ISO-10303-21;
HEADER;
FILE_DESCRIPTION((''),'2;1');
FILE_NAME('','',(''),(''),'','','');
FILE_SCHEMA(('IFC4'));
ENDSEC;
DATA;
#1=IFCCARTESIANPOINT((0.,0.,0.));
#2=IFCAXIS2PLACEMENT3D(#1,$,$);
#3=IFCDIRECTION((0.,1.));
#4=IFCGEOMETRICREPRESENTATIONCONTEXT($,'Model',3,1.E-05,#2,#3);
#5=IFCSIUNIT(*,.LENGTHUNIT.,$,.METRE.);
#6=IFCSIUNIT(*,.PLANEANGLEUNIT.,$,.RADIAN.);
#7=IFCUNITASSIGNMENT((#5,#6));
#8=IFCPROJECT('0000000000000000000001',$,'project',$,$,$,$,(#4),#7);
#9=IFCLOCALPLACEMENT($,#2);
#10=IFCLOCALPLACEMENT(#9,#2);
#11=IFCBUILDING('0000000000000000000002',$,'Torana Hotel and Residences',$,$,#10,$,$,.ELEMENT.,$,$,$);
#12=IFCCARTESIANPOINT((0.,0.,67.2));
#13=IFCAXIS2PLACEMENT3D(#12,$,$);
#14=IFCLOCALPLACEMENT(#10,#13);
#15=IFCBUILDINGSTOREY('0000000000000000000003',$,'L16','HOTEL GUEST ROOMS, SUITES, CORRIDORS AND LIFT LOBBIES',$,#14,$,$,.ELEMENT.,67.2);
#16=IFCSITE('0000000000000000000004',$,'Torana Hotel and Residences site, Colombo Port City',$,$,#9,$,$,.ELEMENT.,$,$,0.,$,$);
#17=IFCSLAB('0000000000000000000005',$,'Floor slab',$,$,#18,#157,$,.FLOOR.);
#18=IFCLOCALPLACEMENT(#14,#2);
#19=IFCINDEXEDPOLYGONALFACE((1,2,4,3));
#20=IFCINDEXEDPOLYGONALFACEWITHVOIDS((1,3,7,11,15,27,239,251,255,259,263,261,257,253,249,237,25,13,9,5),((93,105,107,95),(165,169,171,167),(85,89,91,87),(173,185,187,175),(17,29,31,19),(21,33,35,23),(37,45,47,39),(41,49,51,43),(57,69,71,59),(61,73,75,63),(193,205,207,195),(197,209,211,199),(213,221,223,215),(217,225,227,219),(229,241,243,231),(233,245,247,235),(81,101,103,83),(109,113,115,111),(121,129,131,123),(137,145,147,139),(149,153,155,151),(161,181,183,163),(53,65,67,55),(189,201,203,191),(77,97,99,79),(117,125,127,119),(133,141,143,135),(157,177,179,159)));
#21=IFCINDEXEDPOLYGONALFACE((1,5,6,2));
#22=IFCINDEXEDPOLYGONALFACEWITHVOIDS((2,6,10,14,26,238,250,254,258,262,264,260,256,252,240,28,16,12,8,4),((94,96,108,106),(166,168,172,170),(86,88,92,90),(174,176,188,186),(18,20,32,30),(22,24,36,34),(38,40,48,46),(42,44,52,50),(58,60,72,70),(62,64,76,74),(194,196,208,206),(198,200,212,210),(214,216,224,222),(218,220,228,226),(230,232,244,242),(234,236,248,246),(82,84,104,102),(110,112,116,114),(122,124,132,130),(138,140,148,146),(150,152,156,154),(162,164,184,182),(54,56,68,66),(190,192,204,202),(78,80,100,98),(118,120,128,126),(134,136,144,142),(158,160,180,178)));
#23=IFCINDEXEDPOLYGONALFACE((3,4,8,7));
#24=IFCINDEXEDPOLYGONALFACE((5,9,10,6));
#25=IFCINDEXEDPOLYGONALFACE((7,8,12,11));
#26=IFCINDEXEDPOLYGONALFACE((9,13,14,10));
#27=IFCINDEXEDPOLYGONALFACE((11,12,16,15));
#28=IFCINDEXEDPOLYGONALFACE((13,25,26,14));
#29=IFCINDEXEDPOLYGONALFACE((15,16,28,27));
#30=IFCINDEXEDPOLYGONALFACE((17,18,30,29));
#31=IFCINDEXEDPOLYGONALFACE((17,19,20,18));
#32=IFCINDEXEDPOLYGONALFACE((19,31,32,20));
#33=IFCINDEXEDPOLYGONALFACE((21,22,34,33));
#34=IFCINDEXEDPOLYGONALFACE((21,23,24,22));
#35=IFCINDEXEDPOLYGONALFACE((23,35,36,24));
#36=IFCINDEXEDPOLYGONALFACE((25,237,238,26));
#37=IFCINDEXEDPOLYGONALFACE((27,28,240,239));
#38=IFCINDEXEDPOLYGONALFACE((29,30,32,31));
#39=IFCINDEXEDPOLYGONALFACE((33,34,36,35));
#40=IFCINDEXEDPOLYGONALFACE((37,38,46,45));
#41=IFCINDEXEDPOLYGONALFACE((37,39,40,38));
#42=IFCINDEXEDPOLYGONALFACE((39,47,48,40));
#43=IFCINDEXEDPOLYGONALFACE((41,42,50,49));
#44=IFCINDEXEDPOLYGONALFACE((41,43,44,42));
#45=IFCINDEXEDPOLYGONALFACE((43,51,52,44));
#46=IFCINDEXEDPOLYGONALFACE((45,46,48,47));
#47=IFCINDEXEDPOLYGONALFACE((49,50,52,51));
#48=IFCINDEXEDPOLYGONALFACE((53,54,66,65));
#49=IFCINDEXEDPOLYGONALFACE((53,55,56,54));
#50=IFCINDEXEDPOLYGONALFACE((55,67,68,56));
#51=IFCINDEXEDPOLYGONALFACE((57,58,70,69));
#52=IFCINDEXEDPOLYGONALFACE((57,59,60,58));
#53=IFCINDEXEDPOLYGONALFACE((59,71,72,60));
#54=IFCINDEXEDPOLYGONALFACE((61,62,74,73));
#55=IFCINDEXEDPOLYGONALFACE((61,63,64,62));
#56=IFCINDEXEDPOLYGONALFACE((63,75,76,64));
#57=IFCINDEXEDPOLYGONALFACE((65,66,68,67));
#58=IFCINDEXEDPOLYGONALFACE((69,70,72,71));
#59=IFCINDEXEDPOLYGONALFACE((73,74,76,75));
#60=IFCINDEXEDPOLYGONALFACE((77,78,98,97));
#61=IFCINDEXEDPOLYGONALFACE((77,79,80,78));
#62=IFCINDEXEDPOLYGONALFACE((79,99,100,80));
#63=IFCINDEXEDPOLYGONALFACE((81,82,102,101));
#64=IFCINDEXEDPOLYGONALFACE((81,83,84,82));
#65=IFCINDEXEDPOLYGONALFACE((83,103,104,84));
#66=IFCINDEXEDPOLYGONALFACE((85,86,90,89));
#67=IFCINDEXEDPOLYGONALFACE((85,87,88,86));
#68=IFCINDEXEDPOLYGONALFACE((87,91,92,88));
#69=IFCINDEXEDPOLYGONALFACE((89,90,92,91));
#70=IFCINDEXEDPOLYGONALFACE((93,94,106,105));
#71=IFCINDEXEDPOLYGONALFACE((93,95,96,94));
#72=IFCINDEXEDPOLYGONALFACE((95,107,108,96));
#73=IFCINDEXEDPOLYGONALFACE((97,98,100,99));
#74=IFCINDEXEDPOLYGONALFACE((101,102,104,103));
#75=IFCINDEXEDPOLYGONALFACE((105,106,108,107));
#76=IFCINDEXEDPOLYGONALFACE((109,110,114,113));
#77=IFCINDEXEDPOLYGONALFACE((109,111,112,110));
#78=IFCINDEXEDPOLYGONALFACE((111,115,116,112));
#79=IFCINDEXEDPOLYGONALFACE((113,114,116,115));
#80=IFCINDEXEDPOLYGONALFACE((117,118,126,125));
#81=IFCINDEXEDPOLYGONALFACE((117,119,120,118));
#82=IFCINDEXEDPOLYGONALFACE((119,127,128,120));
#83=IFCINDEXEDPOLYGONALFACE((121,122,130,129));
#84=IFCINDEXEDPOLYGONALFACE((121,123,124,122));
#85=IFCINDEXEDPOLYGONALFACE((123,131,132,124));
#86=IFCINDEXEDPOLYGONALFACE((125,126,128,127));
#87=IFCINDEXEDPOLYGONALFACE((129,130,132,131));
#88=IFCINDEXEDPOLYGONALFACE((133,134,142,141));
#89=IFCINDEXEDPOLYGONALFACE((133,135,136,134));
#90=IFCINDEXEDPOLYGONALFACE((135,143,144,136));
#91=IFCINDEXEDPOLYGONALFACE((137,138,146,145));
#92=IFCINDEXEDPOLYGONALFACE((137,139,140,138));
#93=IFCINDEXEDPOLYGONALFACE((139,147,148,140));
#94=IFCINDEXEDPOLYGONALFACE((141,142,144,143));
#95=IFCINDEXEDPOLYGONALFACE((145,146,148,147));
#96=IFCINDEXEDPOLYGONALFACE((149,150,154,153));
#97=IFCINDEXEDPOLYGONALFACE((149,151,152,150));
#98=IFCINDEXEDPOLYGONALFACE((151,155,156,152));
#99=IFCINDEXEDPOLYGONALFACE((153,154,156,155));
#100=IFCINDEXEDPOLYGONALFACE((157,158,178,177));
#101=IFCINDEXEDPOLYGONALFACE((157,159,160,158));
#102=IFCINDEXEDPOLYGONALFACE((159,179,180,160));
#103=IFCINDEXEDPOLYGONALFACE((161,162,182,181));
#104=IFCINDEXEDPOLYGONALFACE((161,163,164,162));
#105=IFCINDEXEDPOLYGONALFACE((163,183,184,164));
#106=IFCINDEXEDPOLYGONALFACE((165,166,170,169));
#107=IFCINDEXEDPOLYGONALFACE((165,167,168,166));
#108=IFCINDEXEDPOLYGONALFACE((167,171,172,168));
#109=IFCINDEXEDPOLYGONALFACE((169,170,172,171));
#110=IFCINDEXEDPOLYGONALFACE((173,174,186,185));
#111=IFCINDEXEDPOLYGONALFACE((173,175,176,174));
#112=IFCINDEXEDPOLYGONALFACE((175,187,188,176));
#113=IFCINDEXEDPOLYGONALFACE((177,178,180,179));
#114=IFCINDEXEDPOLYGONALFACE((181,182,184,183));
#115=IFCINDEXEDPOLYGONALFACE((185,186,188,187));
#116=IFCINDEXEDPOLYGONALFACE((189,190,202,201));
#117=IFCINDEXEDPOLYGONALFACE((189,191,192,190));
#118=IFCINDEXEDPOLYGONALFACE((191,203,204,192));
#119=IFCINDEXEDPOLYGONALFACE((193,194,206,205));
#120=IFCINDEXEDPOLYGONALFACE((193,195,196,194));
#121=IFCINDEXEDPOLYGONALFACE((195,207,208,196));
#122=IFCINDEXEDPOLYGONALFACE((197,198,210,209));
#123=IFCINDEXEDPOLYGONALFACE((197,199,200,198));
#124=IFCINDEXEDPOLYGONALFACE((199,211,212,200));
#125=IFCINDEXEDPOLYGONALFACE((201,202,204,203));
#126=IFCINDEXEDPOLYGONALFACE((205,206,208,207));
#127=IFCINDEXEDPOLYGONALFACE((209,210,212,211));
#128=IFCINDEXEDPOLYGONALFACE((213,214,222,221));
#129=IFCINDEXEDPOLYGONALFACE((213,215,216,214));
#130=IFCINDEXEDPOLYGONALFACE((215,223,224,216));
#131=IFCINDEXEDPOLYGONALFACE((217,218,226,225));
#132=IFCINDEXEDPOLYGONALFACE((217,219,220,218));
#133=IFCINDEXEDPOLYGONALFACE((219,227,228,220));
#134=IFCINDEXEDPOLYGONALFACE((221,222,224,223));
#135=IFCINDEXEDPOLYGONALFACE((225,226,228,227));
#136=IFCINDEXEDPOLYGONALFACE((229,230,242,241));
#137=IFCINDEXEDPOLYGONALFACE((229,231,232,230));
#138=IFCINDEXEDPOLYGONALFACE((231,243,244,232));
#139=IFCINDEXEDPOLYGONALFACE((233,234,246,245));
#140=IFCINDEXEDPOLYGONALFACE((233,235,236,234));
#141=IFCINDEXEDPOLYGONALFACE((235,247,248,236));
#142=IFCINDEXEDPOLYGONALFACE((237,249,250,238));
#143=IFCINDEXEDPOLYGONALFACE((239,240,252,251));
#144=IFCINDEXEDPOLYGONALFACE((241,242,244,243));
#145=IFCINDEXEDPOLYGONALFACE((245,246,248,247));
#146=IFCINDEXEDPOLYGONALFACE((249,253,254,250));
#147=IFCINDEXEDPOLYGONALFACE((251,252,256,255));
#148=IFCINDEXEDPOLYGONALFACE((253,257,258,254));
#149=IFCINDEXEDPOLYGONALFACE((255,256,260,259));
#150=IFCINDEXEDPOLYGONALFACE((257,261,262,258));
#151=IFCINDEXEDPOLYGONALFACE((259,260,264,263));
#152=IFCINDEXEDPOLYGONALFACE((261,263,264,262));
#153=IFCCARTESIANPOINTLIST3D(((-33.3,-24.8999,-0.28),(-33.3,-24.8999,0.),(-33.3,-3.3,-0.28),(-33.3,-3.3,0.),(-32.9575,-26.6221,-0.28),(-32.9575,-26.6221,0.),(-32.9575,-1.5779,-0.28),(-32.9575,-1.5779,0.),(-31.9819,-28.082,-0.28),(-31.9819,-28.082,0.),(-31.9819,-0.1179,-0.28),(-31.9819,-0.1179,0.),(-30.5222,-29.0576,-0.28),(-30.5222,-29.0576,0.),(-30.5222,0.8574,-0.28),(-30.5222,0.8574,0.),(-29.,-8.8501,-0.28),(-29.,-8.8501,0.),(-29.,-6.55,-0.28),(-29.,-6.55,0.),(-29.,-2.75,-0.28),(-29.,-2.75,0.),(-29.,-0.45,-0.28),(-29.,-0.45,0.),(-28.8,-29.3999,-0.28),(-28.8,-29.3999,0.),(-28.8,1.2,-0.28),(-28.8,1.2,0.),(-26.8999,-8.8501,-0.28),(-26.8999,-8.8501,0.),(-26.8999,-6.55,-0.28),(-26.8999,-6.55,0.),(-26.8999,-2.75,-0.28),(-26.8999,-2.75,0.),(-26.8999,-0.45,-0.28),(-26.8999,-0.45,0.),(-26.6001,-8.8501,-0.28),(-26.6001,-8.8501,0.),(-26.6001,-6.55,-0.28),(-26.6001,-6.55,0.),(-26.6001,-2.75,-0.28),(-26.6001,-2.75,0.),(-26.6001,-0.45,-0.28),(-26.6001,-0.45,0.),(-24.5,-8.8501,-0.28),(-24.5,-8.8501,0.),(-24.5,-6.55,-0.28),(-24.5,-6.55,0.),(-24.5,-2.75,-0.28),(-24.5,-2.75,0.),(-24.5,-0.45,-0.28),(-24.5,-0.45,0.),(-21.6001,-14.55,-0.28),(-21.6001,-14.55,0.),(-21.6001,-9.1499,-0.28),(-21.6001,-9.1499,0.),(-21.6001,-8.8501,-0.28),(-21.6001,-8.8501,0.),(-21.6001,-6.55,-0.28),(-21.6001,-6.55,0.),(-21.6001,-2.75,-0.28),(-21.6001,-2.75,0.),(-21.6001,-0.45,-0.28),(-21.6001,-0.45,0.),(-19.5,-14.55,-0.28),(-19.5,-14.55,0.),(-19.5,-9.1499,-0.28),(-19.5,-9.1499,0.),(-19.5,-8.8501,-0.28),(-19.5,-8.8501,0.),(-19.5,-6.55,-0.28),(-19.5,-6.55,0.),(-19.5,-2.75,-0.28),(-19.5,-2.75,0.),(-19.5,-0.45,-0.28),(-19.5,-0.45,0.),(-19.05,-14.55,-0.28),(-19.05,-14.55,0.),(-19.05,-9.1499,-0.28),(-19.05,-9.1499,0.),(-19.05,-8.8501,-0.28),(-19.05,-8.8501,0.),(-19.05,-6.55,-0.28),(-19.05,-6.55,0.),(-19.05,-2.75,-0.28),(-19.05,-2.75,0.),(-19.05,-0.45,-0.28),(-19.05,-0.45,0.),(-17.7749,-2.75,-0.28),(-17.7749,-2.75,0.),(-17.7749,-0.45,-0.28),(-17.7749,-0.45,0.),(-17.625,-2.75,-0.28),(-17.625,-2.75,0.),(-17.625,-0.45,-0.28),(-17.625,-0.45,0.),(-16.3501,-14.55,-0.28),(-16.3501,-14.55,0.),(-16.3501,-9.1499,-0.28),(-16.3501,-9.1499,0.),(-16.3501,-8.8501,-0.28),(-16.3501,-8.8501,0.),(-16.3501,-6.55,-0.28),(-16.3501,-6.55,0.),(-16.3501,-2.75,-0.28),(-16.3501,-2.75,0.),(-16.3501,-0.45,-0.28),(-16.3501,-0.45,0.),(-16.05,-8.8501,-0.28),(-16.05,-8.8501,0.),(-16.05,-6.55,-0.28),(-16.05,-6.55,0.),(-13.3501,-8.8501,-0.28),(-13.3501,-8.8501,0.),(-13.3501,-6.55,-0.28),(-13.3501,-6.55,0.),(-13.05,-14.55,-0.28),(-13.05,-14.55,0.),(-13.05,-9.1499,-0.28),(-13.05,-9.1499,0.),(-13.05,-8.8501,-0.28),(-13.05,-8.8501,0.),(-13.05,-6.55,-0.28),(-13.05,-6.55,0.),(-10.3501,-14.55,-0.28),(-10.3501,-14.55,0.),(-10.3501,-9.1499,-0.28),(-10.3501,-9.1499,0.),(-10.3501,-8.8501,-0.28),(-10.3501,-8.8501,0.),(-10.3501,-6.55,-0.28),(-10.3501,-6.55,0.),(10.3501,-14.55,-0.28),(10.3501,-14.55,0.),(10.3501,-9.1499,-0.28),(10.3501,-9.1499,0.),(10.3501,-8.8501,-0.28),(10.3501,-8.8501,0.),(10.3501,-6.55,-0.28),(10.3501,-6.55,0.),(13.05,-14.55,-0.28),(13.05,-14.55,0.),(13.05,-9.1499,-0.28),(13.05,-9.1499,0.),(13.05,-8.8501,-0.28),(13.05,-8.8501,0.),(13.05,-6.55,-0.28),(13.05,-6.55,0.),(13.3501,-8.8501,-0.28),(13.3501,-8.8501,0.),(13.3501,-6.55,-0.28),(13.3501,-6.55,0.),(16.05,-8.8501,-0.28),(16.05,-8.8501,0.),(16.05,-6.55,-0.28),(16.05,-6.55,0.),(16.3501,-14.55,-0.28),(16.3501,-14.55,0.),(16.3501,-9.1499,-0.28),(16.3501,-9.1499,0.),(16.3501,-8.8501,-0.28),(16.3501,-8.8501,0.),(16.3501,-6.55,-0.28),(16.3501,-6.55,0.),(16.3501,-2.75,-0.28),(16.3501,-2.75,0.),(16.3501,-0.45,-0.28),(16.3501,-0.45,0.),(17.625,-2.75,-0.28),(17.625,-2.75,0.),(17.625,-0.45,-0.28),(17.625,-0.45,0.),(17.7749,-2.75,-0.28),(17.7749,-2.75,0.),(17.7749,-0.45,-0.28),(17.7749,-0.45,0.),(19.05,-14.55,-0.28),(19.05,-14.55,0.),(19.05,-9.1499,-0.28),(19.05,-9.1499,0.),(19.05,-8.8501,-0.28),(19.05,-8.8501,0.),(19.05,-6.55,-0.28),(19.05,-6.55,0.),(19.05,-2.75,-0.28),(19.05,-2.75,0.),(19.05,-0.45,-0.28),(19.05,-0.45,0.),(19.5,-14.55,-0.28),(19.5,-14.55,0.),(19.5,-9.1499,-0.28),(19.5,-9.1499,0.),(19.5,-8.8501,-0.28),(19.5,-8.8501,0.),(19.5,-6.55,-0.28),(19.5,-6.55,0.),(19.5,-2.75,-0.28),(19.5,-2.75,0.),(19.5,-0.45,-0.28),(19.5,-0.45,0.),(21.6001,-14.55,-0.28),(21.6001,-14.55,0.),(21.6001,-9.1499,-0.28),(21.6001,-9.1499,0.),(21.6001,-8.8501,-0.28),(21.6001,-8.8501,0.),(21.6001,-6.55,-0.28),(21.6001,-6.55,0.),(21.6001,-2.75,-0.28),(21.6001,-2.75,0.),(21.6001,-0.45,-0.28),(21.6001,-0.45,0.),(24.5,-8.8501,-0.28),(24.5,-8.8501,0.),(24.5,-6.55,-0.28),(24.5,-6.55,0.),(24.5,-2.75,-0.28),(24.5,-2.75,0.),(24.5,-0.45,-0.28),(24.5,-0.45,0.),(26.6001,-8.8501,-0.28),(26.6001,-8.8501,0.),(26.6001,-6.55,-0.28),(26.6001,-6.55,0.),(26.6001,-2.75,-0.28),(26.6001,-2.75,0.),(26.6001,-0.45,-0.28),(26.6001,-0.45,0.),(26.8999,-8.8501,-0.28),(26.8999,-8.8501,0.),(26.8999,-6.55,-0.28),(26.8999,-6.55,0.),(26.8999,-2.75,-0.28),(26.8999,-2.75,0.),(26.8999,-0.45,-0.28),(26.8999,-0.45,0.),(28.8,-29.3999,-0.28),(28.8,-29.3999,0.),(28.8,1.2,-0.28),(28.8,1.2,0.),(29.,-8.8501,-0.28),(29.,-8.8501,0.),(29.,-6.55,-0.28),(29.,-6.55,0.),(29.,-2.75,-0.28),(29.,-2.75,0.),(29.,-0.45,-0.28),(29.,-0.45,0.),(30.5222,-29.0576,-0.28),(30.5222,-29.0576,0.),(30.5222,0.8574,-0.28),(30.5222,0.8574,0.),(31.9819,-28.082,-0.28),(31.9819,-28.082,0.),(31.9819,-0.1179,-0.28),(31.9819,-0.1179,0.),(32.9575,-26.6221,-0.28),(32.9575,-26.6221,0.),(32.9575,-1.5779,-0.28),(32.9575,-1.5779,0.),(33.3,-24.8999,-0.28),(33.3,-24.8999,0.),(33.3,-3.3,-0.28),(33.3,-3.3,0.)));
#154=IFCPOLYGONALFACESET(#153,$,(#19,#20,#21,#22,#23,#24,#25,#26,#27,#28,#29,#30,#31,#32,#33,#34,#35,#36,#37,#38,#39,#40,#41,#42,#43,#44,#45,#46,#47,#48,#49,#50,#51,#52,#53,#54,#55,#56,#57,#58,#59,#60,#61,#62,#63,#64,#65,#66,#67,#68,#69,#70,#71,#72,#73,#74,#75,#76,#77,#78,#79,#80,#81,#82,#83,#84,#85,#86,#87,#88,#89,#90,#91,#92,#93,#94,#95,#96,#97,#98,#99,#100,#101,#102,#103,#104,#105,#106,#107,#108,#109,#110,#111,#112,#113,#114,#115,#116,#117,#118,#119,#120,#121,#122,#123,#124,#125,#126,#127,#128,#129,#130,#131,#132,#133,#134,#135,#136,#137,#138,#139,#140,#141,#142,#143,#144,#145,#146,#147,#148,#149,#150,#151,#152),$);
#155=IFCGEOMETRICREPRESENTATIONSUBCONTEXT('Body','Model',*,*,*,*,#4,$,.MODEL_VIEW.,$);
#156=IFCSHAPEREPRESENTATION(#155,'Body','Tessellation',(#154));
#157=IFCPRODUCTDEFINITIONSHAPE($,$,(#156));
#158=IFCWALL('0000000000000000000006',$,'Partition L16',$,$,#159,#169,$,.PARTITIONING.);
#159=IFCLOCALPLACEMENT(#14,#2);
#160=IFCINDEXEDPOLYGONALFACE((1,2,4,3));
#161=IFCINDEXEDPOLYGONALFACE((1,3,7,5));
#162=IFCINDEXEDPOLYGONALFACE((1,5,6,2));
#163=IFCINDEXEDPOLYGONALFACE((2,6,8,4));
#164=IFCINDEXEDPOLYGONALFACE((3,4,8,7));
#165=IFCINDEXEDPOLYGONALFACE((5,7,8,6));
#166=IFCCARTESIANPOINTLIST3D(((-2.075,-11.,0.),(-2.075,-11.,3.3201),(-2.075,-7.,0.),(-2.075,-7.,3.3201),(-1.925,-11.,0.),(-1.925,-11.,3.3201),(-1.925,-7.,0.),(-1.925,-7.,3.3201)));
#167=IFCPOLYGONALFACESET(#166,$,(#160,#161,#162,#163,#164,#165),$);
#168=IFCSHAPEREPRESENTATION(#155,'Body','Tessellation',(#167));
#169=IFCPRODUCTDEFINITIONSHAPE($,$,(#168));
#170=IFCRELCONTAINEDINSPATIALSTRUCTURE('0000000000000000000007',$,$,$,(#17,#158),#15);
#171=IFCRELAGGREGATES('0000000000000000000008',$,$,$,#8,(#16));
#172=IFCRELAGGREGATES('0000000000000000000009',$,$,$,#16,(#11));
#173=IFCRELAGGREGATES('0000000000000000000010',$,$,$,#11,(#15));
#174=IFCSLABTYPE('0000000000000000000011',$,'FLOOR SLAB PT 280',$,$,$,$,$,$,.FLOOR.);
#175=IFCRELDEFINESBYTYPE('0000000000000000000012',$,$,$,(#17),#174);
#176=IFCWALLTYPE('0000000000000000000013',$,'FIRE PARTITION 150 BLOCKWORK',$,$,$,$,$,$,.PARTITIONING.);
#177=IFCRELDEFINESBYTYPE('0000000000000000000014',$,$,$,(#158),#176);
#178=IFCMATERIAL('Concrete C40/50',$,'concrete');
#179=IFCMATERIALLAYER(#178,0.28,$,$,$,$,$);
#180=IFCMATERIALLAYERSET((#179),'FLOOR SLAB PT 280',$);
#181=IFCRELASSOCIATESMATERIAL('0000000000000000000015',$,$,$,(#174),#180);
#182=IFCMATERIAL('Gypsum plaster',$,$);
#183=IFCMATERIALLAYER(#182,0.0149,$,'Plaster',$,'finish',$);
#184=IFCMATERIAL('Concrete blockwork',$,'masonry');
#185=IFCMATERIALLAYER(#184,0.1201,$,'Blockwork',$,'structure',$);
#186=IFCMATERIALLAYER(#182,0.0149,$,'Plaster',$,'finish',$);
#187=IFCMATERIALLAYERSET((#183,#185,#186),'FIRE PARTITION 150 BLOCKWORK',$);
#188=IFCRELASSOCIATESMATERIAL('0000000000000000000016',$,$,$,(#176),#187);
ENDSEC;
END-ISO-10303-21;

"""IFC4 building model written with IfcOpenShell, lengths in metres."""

from ifc_helpers import new_model, si_unit, direction, frame, frame_2d, origin, place, context, subcontext, project, spatial, polyline, rectangle, outline, extrude, material, layer, layer_set, type_object, element, save


model = new_model("IFC4")

# Units and contexts
model_context = context("Model", 3, precision=1e-05, world=origin(), true_north=direction((0.0, 1.0)))
body_context = subcontext(model_context, "Body", "Model", "MODEL_VIEW")
ifc_project = project(units=[si_unit("LENGTHUNIT", "METRE"), si_unit("PLANEANGLEUNIT", "RADIAN")], contexts=[model_context])

# Site, building, storey
site_placement = place(None, origin())
site = spatial("IfcSite", under=ifc_project, at=site_placement, Name="Torana Hotel and Residences site, Colombo Port City", CompositionType="ELEMENT", RefElevation=0.0)
building_placement = place(site_placement, origin())
building = spatial("IfcBuilding", under=site, at=building_placement, Name="Torana Hotel and Residences", CompositionType="ELEMENT")
storey_placement = place(building_placement, frame((0.0, 0.0, 67.2)))
storey = spatial("IfcBuildingStorey", under=building, at=storey_placement, Name="L16", Description="HOTEL GUEST ROOMS, SUITES, CORRIDORS AND LIFT LOBBIES", CompositionType="ELEMENT", Elevation=67.2)

# Slab
ifc_material_1 = material(Name="Concrete C40/50", Category="concrete")
ifc_layer_1 = layer(ifc_material_1, 0.28)
ifc_layer_set_1 = layer_set([ifc_layer_1], Name="FLOOR SLAB PT 280")
slab_type_1 = type_object("IfcSlabType", Name="FLOOR SLAB PT 280", PredefinedType="FLOOR", material=ifc_layer_set_1)
slab_1_placement = place(storey_placement, frame((0.0, 0.0, -0.28)))
element("IfcSlab", 1, at=slab_1_placement, inside=storey, type_object=slab_type_1, Name="Floor slab", PredefinedType="FLOOR", context=body_context, shape_type="SweptSolid", body=[
    extrude(outline(polyline([(33.3, -3.3), (32.9575, -1.5779), (31.9819, -0.1179), (30.5222, 0.8574), (28.8, 1.2), (-28.8, 1.2), (-30.5222, 0.8574), (-31.9819, -0.1179), (-32.9575, -1.5779), (-33.3, -3.3), (-33.3, -24.8999), (-32.9575, -26.6221), (-31.9819, -28.082), (-30.5222, -29.0576), (-28.8, -29.3999), (28.8, -29.3999), (30.5222, -29.0576), (31.9819, -28.082), (32.9575, -26.6221), (33.3, -24.8999), (33.3, -3.3)]), holes=[polyline([(-13.05, -14.55), (-10.3501, -14.55), (-10.3501, -9.1499), (-13.05, -9.1499), (-13.05, -14.55)]), polyline([(-19.05, -14.55), (-16.3501, -14.55), (-16.3501, -9.1499), (-19.05, -9.1499), (-19.05, -14.55)]), polyline([(-17.625, -2.75), (-16.3501, -2.75), (-16.3501, -0.45), (-17.625, -0.45), (-17.625, -2.75)]), polyline([(-19.05, -2.75), (-17.7749, -2.75), (-17.7749, -0.45), (-19.05, -0.45), (-19.05, -2.75)]), polyline([(-26.6001, -2.75), (-24.5, -2.75), (-24.5, -0.45), (-26.6001, -0.45), (-26.6001, -2.75)]), polyline([(-29.0, -2.75), (-26.8999, -2.75), (-26.8999, -0.45), (-29.0, -0.45), (-29.0, -2.75)]), polyline([(-26.6001, -8.8501), (-24.5, -8.8501), (-24.5, -6.55), (-26.6001, -6.55), (-26.6001, -8.8501)]), polyline([(-29.0, -8.8501), (-26.8999, -8.8501), (-26.8999, -6.55), (-29.0, -6.55), (-29.0, -8.8501)]), polyline([(-21.6001, -2.75), (-19.5, -2.75), (-19.5, -0.45), (-21.6001, -0.45), (-21.6001, -2.75)]), polyline([(-21.6001, -8.8501), (-19.5, -8.8501), (-19.5, -6.55), (-21.6001, -6.55), (-21.6001, -8.8501)]), polyline([(-13.05, -8.8501), (-10.3501, -8.8501), (-10.3501, -6.55), (-13.05, -6.55), (-13.05, -8.8501)]), polyline([(-16.05, -8.8501), (-13.3501, -8.8501), (-13.3501, -6.55), (-16.05, -6.55), (-16.05, -8.8501)]), polyline([(-19.05, -8.8501), (-16.3501, -8.8501), (-16.3501, -6.55), (-19.05, -6.55), (-19.05, -8.8501)]), polyline([(-21.6001, -14.55), (-19.5, -14.55), (-19.5, -9.1499), (-21.6001, -9.1499), (-21.6001, -14.55)]), polyline([(10.3501, -14.55), (13.05, -14.55), (13.05, -9.1499), (10.3501, -9.1499), (10.3501, -14.55)]), polyline([(16.3501, -14.55), (19.05, -14.55), (19.05, -9.1499), (16.3501, -9.1499), (16.3501, -14.55)]), polyline([(16.3501, -2.75), (17.625, -2.75), (17.625, -0.45), (16.3501, -0.45), (16.3501, -2.75)]), polyline([(17.7749, -2.75), (19.05, -2.75), (19.05, -0.45), (17.7749, -0.45), (17.7749, -2.75)]), polyline([(24.5, -2.75), (26.6001, -2.75), (26.6001, -0.45), (24.5, -0.45), (24.5, -2.75)]), polyline([(26.8999, -2.75), (29.0, -2.75), (29.0, -0.45), (26.8999, -0.45), (26.8999, -2.75)]), polyline([(24.5, -8.8501), (26.6001, -8.8501), (26.6001, -6.55), (24.5, -6.55), (24.5, -8.8501)]), polyline([(26.8999, -8.8501), (29.0, -8.8501), (29.0, -6.55), (26.8999, -6.55), (26.8999, -8.8501)]), polyline([(19.5, -2.75), (21.6001, -2.75), (21.6001, -0.45), (19.5, -0.45), (19.5, -2.75)]), polyline([(19.5, -8.8501), (21.6001, -8.8501), (21.6001, -6.55), (19.5, -6.55), (19.5, -8.8501)]), polyline([(10.3501, -8.8501), (13.05, -8.8501), (13.05, -6.55), (10.3501, -6.55), (10.3501, -8.8501)]), polyline([(13.3501, -8.8501), (16.05, -8.8501), (16.05, -6.55), (13.3501, -6.55), (13.3501, -8.8501)]), polyline([(16.3501, -8.8501), (19.05, -8.8501), (19.05, -6.55), (16.3501, -6.55), (16.3501, -8.8501)]), polyline([(19.5, -14.55), (21.6001, -14.55), (21.6001, -9.1499), (19.5, -9.1499), (19.5, -14.55)])]), origin(), (0.0, 0.0, 1.0), 0.28),
])

# Wall
ifc_material_2 = material(Name="Gypsum plaster")
ifc_layer_2 = layer(ifc_material_2, 0.0149, Name="Plaster", Category="finish")
ifc_material_3 = material(Name="Concrete blockwork", Category="masonry")
ifc_layer_3 = layer(ifc_material_3, 0.1201, Name="Blockwork", Category="structure")
ifc_layer_4 = layer(ifc_material_2, 0.0149, Name="Plaster", Category="finish")
ifc_layer_set_2 = layer_set([ifc_layer_2, ifc_layer_3, ifc_layer_4], Name="FIRE PARTITION 150 BLOCKWORK")
wall_type_1 = type_object("IfcWallType", Name="FIRE PARTITION 150 BLOCKWORK", PredefinedType="PARTITIONING", material=ifc_layer_set_2)
wall_1_placement = place(storey_placement, frame((-2.0, -11.0, 0.0), z_axis=(0.0, 0.0, 1.0), x_axis=(0.0, 1.0, 0.0)))
element("IfcWall", 2, at=wall_1_placement, inside=storey, type_object=wall_type_1, Name="Partition L16", PredefinedType="PARTITIONING", context=body_context, shape_type="SweptSolid", body=[
    extrude(rectangle(XDim=4.0, YDim=0.1499, at=frame_2d((2.0, 0.0))), origin(), (0.0, 0.0, 1.0), 3.3201),
])

save(model, "model.ifc")
